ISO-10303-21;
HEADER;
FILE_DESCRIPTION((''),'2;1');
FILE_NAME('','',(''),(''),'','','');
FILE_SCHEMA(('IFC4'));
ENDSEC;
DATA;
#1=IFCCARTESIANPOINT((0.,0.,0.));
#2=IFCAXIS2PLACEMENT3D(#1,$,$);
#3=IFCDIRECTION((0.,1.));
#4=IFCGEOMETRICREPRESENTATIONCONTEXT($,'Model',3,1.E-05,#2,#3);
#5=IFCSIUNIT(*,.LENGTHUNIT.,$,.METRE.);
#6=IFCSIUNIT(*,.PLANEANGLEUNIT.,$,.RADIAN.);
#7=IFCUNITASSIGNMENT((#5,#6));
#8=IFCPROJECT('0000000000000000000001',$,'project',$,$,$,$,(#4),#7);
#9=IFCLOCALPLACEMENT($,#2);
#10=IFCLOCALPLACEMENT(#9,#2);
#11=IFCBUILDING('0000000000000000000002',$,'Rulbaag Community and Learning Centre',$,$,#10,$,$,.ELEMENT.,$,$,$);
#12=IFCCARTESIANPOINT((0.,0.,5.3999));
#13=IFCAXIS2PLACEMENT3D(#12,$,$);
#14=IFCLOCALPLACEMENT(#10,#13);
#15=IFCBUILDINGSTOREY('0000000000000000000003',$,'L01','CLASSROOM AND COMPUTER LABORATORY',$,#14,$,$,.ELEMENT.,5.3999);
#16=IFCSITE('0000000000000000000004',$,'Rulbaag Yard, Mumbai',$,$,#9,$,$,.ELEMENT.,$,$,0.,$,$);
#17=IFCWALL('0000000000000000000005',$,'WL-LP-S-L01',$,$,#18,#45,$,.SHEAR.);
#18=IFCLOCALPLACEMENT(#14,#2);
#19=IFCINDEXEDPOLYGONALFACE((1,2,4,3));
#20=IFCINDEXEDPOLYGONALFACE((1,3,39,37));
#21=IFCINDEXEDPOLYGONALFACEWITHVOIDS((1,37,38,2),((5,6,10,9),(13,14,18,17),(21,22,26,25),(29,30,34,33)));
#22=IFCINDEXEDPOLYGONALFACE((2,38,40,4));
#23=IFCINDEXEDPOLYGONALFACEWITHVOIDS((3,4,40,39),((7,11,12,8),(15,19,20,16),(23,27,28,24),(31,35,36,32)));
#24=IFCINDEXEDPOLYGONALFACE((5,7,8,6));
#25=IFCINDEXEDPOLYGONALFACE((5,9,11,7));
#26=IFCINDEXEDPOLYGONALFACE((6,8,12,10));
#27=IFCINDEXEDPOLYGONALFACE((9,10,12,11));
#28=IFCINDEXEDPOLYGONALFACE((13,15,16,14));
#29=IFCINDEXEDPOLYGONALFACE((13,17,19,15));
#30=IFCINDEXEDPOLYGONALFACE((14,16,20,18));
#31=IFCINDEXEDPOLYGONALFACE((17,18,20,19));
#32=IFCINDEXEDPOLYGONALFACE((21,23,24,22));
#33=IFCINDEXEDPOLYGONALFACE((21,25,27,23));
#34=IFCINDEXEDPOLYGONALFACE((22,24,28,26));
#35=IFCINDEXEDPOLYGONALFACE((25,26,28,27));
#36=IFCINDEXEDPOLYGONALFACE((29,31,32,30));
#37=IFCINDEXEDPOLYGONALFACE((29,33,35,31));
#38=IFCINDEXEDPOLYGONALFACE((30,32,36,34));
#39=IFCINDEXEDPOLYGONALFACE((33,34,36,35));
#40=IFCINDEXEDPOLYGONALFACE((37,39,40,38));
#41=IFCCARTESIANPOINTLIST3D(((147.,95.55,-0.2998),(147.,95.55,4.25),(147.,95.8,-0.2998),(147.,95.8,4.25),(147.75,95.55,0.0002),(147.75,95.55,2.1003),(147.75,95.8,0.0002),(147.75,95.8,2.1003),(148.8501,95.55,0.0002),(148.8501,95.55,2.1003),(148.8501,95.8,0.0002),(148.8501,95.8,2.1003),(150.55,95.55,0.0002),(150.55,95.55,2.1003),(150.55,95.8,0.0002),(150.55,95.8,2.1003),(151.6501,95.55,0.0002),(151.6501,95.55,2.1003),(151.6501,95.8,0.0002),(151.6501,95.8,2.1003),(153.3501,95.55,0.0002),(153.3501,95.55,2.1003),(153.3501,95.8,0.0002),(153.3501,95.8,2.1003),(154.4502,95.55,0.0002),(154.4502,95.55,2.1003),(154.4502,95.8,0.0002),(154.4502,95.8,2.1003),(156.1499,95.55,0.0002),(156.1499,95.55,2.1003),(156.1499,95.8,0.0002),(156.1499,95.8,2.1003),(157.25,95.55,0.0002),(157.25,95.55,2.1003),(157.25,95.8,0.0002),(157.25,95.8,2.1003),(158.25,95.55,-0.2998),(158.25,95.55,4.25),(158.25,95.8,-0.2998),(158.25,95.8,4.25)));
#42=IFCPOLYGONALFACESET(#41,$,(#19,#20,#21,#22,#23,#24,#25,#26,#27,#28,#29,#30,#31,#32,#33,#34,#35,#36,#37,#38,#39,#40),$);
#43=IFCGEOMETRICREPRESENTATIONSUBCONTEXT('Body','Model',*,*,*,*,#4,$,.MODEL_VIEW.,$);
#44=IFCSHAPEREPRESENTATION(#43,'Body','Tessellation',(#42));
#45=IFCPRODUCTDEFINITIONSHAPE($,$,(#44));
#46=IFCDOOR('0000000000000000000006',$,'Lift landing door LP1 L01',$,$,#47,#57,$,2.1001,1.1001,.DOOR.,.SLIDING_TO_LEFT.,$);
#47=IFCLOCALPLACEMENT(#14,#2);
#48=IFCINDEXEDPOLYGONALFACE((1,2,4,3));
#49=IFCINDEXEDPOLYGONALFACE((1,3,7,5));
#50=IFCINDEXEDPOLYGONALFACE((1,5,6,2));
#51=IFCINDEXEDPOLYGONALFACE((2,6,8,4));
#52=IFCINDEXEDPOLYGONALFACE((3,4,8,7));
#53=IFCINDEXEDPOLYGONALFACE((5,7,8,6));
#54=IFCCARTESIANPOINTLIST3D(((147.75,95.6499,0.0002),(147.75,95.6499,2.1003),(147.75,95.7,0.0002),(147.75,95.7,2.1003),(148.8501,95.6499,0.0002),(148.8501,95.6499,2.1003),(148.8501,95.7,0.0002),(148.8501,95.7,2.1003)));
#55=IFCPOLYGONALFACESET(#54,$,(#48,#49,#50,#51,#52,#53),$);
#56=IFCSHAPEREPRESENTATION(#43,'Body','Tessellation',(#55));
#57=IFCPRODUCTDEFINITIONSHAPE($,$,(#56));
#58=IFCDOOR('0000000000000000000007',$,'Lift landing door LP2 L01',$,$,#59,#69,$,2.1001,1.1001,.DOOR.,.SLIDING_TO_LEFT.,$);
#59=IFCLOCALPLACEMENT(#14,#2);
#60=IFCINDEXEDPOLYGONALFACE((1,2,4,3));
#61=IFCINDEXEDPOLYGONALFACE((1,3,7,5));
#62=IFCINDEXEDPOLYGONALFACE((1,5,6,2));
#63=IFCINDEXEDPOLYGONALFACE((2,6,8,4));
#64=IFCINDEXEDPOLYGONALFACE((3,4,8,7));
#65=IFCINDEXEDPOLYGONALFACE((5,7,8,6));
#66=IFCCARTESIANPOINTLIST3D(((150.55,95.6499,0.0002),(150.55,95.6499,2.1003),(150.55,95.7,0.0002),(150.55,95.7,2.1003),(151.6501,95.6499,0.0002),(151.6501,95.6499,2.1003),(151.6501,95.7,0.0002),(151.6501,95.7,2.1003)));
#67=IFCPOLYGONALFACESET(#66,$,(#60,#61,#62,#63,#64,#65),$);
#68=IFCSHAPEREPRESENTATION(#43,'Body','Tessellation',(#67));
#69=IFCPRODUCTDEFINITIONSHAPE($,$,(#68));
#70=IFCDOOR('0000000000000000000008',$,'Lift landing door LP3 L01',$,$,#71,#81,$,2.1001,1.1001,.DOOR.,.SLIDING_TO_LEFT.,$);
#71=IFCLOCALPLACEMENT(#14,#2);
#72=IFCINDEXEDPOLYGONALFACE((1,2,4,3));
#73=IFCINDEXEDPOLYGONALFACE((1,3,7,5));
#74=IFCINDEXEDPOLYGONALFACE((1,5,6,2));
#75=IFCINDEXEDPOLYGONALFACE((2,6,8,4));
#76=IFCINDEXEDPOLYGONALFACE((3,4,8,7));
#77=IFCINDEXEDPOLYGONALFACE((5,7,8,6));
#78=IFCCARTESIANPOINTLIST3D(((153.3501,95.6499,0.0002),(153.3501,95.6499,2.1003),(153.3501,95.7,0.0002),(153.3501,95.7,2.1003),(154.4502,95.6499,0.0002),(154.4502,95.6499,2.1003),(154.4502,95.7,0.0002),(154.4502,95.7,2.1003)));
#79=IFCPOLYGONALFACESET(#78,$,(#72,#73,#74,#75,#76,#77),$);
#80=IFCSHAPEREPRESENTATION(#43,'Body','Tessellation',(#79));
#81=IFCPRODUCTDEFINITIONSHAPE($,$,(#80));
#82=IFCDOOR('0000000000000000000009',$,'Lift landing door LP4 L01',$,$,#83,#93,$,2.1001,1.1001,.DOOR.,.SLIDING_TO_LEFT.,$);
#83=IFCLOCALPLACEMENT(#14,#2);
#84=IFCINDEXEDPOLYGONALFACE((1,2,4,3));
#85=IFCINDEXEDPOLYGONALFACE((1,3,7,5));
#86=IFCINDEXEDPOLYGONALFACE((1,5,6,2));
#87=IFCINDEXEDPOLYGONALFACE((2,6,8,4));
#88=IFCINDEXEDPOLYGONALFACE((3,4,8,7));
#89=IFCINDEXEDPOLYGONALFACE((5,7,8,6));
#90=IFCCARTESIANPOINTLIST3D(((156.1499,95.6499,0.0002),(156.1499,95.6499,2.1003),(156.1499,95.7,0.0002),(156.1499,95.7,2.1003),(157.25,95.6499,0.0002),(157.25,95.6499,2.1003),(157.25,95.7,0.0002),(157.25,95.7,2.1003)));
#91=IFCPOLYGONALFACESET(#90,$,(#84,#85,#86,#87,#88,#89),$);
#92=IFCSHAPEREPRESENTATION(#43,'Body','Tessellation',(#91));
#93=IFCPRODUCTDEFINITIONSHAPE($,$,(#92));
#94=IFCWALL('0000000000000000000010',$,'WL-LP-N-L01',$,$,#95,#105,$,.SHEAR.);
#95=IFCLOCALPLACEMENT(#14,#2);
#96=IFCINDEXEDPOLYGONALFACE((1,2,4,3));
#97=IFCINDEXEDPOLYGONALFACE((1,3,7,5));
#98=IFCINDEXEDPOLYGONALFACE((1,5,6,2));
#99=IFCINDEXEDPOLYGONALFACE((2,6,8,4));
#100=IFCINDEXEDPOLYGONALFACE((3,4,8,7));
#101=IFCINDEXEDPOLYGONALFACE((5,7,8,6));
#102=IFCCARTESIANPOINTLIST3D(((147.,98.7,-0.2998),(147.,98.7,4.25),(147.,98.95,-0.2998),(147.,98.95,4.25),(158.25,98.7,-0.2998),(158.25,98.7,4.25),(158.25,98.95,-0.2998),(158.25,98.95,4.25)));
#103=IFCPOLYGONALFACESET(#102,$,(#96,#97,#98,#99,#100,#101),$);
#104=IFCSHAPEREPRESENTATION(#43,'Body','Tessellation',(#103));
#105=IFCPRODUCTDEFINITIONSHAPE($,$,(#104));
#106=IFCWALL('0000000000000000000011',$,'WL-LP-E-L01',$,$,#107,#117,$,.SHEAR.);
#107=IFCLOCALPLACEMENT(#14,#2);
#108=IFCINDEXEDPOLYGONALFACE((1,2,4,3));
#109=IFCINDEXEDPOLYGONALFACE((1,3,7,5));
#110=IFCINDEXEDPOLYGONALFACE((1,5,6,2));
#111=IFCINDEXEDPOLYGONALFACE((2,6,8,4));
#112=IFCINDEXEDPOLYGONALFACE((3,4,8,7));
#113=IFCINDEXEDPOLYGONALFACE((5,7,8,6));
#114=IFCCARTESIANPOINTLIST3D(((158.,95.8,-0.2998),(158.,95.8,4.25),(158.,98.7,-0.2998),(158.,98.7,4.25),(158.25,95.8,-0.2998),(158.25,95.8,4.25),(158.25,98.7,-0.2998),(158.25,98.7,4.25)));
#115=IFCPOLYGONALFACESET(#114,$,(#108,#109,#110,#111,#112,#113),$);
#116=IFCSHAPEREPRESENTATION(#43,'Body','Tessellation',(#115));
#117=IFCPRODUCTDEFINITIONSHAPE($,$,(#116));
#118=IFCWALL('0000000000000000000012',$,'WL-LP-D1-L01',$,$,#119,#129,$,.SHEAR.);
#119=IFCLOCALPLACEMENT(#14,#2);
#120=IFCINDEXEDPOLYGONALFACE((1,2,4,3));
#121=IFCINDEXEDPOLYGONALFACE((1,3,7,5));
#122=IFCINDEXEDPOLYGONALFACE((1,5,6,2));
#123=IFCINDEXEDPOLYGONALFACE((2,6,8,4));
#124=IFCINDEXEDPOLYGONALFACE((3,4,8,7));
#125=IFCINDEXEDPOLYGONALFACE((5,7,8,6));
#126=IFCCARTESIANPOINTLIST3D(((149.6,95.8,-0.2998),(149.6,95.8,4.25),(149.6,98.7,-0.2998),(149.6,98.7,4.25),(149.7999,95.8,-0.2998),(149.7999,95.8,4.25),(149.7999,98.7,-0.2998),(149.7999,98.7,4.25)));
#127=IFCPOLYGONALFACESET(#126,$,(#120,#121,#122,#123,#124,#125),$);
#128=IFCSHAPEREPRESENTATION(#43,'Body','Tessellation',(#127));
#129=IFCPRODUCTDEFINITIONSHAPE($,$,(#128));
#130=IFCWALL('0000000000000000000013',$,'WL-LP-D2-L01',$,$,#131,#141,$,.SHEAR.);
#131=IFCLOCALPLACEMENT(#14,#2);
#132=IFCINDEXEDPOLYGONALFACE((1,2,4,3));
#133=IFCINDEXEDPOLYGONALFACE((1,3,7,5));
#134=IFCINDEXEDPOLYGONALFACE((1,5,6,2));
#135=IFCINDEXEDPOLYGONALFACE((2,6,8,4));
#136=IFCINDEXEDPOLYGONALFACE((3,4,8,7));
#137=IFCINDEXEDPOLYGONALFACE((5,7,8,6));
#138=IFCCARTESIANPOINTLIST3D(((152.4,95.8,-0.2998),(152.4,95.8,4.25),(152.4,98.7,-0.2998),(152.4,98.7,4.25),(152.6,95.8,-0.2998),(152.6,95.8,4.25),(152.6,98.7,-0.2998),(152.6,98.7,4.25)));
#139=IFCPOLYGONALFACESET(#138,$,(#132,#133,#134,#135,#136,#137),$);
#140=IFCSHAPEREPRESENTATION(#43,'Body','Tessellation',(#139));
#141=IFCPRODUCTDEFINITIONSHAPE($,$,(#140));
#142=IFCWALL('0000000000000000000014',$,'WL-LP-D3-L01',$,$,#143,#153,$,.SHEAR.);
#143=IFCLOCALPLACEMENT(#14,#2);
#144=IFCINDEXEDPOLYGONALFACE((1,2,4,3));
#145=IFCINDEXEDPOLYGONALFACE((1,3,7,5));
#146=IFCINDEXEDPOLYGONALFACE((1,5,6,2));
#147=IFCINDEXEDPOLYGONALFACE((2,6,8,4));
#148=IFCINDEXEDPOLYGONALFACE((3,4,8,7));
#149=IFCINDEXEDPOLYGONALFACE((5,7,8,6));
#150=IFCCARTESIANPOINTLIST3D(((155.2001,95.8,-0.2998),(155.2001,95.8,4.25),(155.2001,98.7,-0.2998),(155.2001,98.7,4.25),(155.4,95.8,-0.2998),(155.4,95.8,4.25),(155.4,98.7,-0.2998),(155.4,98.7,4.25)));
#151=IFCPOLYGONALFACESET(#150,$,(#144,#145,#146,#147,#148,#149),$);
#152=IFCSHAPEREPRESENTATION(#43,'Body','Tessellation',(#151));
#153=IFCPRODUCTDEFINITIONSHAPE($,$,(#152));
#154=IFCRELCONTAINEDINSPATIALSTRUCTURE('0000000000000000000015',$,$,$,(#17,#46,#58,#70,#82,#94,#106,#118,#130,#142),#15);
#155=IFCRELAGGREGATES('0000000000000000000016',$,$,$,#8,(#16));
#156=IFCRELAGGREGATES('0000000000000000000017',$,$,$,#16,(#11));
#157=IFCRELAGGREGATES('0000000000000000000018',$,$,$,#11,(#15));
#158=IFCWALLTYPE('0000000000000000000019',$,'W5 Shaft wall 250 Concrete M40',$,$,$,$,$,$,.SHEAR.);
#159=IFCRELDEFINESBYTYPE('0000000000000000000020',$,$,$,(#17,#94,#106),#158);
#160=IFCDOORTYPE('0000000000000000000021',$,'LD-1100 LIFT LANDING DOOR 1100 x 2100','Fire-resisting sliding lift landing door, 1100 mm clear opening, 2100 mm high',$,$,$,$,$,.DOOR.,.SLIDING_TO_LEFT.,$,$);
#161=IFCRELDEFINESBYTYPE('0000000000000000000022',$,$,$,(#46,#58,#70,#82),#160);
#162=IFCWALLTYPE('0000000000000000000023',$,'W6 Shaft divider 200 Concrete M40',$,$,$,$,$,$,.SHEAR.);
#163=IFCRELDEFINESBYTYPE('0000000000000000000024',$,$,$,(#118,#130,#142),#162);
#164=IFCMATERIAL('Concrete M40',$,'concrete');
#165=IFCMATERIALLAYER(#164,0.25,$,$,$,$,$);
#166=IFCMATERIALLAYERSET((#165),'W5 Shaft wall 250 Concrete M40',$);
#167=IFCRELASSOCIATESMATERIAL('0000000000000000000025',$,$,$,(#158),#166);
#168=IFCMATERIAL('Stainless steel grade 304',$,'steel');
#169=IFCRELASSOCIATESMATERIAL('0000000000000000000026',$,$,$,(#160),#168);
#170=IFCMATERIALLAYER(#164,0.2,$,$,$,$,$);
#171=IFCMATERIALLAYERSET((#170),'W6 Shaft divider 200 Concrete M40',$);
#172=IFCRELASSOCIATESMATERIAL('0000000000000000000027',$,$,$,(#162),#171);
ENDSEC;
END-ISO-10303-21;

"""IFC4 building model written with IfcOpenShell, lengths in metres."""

from ifc_helpers import new_model, si_unit, direction, frame, frame_2d, origin, place, context, subcontext, project, spatial, rectangle, extrude, material, layer, layer_set, type_object, element, fill, save


model = new_model("IFC4")

# Units and contexts
model_context = context("Model", 3, precision=1e-05, world=origin(), true_north=direction((0.0, 1.0)))
body_context = subcontext(model_context, "Body", "Model", "MODEL_VIEW")
ifc_project = project(units=[si_unit("LENGTHUNIT", "METRE"), si_unit("PLANEANGLEUNIT", "RADIAN")], contexts=[model_context])

# Site, building, storey
site_placement = place(None, origin())
site = spatial("IfcSite", under=ifc_project, at=site_placement, Name="Rulbaag Yard, Mumbai", CompositionType="ELEMENT", RefElevation=0.0)
building_placement = place(site_placement, origin())
building = spatial("IfcBuilding", under=site, at=building_placement, Name="Rulbaag Community and Learning Centre", CompositionType="ELEMENT")
storey_placement = place(building_placement, frame((0.0, 0.0, 5.3999)))
storey = spatial("IfcBuildingStorey", under=building, at=storey_placement, Name="L01", Description="CLASSROOM AND COMPUTER LABORATORY", CompositionType="ELEMENT", Elevation=5.3999)

# Shared definitions
ifc_material_1 = material(Name="Concrete M40", Category="concrete")

# Wall, openings, doors
ifc_layer_1 = layer(ifc_material_1, 0.25)
ifc_layer_set_1 = layer_set([ifc_layer_1], Name="W5 Shaft wall 250 Concrete M40")
wall_type_1 = type_object("IfcWallType", Name="W5 Shaft wall 250 Concrete M40", PredefinedType="SHEAR", material=ifc_layer_set_1)
wall_1_placement = place(storey_placement, frame((147.0, 95.675, -0.2998), z_axis=(0.0, 0.0, 1.0), x_axis=(1.0, 0.0, 0.0)))
wall_1 = element("IfcWall", 1, at=wall_1_placement, inside=storey, type_object=wall_type_1, Name="WL-LP-S-L01", PredefinedType="SHEAR", context=body_context, shape_type="SweptSolid", body=[
    extrude(rectangle(XDim=11.25, YDim=0.25, at=frame_2d((5.625, 0.0))), origin(), (0.0, 0.0, 1.0), 4.5498),
])
opening_1_placement = place(wall_1_placement, frame((0.75, 0.0, 0.3)))
opening_1 = element("IfcOpeningElement", 2, at=opening_1_placement, cuts=wall_1, PredefinedType="OPENING", context=body_context, shape_type="SweptSolid", body=[
    extrude(rectangle(XDim=1.1001, YDim=2.1001, at=frame_2d((0.55, 1.05))), frame((0.0, 0.135, 0.0), z_axis=(0.0, -1.0, 0.0), x_axis=(1.0, 0.0, 0.0)), (0.0, 0.0, 1.0), 0.27),
])
opening_2_placement = place(wall_1_placement, frame((3.55, 0.0, 0.3)))
opening_2 = element("IfcOpeningElement", 3, at=opening_2_placement, cuts=wall_1, PredefinedType="OPENING", context=body_context, shape_type="SweptSolid", body=[
    extrude(rectangle(XDim=1.1001, YDim=2.1001, at=frame_2d((0.55, 1.05))), frame((0.0, 0.135, 0.0), z_axis=(0.0, -1.0, 0.0), x_axis=(1.0, 0.0, 0.0)), (0.0, 0.0, 1.0), 0.27),
])
opening_3_placement = place(wall_1_placement, frame((6.3501, 0.0, 0.3)))
opening_3 = element("IfcOpeningElement", 4, at=opening_3_placement, cuts=wall_1, PredefinedType="OPENING", context=body_context, shape_type="SweptSolid", body=[
    extrude(rectangle(XDim=1.1001, YDim=2.1001, at=frame_2d((0.55, 1.05))), frame((0.0, 0.135, 0.0), z_axis=(0.0, -1.0, 0.0), x_axis=(1.0, 0.0, 0.0)), (0.0, 0.0, 1.0), 0.27),
])
opening_4_placement = place(wall_1_placement, frame((9.1499, 0.0, 0.3)))
opening_4 = element("IfcOpeningElement", 5, at=opening_4_placement, cuts=wall_1, PredefinedType="OPENING", context=body_context, shape_type="SweptSolid", body=[
    extrude(rectangle(XDim=1.1001, YDim=2.1001, at=frame_2d((0.55, 1.05))), frame((0.0, 0.135, 0.0), z_axis=(0.0, -1.0, 0.0), x_axis=(1.0, 0.0, 0.0)), (0.0, 0.0, 1.0), 0.27),
])
ifc_material_2 = material(Name="Stainless steel grade 304", Category="steel")
door_type_1 = type_object("IfcDoorType", Name="LD-1100 LIFT LANDING DOOR 1100 x 2100", Description="Fire-resisting sliding lift landing door, 1100 mm clear opening, 2100 mm high", OperationType="SLIDING_TO_LEFT", PredefinedType="DOOR", material=ifc_material_2)
door_1_placement = place(opening_1_placement, origin())
door_1 = element("IfcDoor", 6, at=door_1_placement, inside=storey, type_object=door_type_1, Name="Lift landing door LP1 L01", OperationType="SLIDING_TO_LEFT", OverallHeight=2.1001, OverallWidth=1.1001, PredefinedType="DOOR", context=body_context, shape_type="SweptSolid", body=[
    extrude(rectangle(XDim=1.1001, YDim=2.1001, at=frame_2d((0.55, 1.05))), frame((0.0, 0.0249, 0.0), z_axis=(0.0, -1.0, 0.0), x_axis=(1.0, 0.0, 0.0)), (0.0, 0.0, 1.0), 0.05),
])
fill(opening_1, door_1)
door_2_placement = place(opening_2_placement, origin())
door_2 = element("IfcDoor", 7, at=door_2_placement, inside=storey, type_object=door_type_1, Name="Lift landing door LP2 L01", OperationType="SLIDING_TO_LEFT", OverallHeight=2.1001, OverallWidth=1.1001, PredefinedType="DOOR", context=body_context, shape_type="SweptSolid", body=[
    extrude(rectangle(XDim=1.1001, YDim=2.1001, at=frame_2d((0.55, 1.05))), frame((0.0, 0.0249, 0.0), z_axis=(0.0, -1.0, 0.0), x_axis=(1.0, 0.0, 0.0)), (0.0, 0.0, 1.0), 0.05),
])
fill(opening_2, door_2)
door_3_placement = place(opening_3_placement, origin())
door_3 = element("IfcDoor", 8, at=door_3_placement, inside=storey, type_object=door_type_1, Name="Lift landing door LP3 L01", OperationType="SLIDING_TO_LEFT", OverallHeight=2.1001, OverallWidth=1.1001, PredefinedType="DOOR", context=body_context, shape_type="SweptSolid", body=[
    extrude(rectangle(XDim=1.1001, YDim=2.1001, at=frame_2d((0.55, 1.05))), frame((0.0, 0.0249, 0.0), z_axis=(0.0, -1.0, 0.0), x_axis=(1.0, 0.0, 0.0)), (0.0, 0.0, 1.0), 0.05),
])
fill(opening_3, door_3)
door_4_placement = place(opening_4_placement, origin())
door_4 = element("IfcDoor", 9, at=door_4_placement, inside=storey, type_object=door_type_1, Name="Lift landing door LP4 L01", OperationType="SLIDING_TO_LEFT", OverallHeight=2.1001, OverallWidth=1.1001, PredefinedType="DOOR", context=body_context, shape_type="SweptSolid", body=[
    extrude(rectangle(XDim=1.1001, YDim=2.1001, at=frame_2d((0.55, 1.05))), frame((0.0, 0.0249, 0.0), z_axis=(0.0, -1.0, 0.0), x_axis=(1.0, 0.0, 0.0)), (0.0, 0.0, 1.0), 0.05),
])
fill(opening_4, door_4)

# Walls
wall_2_placement = place(storey_placement, frame((147.0, 98.825, -0.2998), z_axis=(0.0, 0.0, 1.0), x_axis=(1.0, 0.0, 0.0)))
element("IfcWall", 10, at=wall_2_placement, inside=storey, type_object=wall_type_1, Name="WL-LP-N-L01", PredefinedType="SHEAR", context=body_context, shape_type="SweptSolid", body=[
    extrude(rectangle(XDim=11.25, YDim=0.25, at=frame_2d((5.625, 0.0))), origin(), (0.0, 0.0, 1.0), 4.5498),
])
wall_3_placement = place(storey_placement, frame((158.125, 95.8, -0.2998), z_axis=(0.0, 0.0, 1.0), x_axis=(0.0, 1.0, 0.0)))
element("IfcWall", 11, at=wall_3_placement, inside=storey, type_object=wall_type_1, Name="WL-LP-E-L01", PredefinedType="SHEAR", context=body_context, shape_type="SweptSolid", body=[
    extrude(rectangle(XDim=2.8999, YDim=0.25, at=frame_2d((1.45, 0.0))), origin(), (0.0, 0.0, 1.0), 4.5498),
])
ifc_layer_2 = layer(ifc_material_1, 0.2)
ifc_layer_set_2 = layer_set([ifc_layer_2], Name="W6 Shaft divider 200 Concrete M40")
wall_type_2 = type_object("IfcWallType", Name="W6 Shaft divider 200 Concrete M40", PredefinedType="SHEAR", material=ifc_layer_set_2)
for number, where, z_axis, x_axis, name in (
    (12, (149.7, 95.8, -0.2998), (0.0, 0.0, 1.0), (0.0, 1.0, 0.0), "WL-LP-D1-L01"),
    (13, (152.5, 95.8, -0.2998), (0.0, 0.0, 1.0), (0.0, 1.0, 0.0), "WL-LP-D2-L01"),
    (14, (155.3, 95.8, -0.2998), (0.0, 0.0, 1.0), (0.0, 1.0, 0.0), "WL-LP-D3-L01"),
):
    element("IfcWall", number, at=place(storey_placement, frame(where, z_axis=z_axis, x_axis=x_axis)), inside=storey, type_object=wall_type_2, Name=name, PredefinedType="SHEAR", context=body_context, shape_type="SweptSolid", body=[
        extrude(rectangle(XDim=2.8999, YDim=0.2, at=frame_2d((1.45, 0.0))), origin(), (0.0, 0.0, 1.0), 4.5498),
    ])

save(model, "model.ifc")
